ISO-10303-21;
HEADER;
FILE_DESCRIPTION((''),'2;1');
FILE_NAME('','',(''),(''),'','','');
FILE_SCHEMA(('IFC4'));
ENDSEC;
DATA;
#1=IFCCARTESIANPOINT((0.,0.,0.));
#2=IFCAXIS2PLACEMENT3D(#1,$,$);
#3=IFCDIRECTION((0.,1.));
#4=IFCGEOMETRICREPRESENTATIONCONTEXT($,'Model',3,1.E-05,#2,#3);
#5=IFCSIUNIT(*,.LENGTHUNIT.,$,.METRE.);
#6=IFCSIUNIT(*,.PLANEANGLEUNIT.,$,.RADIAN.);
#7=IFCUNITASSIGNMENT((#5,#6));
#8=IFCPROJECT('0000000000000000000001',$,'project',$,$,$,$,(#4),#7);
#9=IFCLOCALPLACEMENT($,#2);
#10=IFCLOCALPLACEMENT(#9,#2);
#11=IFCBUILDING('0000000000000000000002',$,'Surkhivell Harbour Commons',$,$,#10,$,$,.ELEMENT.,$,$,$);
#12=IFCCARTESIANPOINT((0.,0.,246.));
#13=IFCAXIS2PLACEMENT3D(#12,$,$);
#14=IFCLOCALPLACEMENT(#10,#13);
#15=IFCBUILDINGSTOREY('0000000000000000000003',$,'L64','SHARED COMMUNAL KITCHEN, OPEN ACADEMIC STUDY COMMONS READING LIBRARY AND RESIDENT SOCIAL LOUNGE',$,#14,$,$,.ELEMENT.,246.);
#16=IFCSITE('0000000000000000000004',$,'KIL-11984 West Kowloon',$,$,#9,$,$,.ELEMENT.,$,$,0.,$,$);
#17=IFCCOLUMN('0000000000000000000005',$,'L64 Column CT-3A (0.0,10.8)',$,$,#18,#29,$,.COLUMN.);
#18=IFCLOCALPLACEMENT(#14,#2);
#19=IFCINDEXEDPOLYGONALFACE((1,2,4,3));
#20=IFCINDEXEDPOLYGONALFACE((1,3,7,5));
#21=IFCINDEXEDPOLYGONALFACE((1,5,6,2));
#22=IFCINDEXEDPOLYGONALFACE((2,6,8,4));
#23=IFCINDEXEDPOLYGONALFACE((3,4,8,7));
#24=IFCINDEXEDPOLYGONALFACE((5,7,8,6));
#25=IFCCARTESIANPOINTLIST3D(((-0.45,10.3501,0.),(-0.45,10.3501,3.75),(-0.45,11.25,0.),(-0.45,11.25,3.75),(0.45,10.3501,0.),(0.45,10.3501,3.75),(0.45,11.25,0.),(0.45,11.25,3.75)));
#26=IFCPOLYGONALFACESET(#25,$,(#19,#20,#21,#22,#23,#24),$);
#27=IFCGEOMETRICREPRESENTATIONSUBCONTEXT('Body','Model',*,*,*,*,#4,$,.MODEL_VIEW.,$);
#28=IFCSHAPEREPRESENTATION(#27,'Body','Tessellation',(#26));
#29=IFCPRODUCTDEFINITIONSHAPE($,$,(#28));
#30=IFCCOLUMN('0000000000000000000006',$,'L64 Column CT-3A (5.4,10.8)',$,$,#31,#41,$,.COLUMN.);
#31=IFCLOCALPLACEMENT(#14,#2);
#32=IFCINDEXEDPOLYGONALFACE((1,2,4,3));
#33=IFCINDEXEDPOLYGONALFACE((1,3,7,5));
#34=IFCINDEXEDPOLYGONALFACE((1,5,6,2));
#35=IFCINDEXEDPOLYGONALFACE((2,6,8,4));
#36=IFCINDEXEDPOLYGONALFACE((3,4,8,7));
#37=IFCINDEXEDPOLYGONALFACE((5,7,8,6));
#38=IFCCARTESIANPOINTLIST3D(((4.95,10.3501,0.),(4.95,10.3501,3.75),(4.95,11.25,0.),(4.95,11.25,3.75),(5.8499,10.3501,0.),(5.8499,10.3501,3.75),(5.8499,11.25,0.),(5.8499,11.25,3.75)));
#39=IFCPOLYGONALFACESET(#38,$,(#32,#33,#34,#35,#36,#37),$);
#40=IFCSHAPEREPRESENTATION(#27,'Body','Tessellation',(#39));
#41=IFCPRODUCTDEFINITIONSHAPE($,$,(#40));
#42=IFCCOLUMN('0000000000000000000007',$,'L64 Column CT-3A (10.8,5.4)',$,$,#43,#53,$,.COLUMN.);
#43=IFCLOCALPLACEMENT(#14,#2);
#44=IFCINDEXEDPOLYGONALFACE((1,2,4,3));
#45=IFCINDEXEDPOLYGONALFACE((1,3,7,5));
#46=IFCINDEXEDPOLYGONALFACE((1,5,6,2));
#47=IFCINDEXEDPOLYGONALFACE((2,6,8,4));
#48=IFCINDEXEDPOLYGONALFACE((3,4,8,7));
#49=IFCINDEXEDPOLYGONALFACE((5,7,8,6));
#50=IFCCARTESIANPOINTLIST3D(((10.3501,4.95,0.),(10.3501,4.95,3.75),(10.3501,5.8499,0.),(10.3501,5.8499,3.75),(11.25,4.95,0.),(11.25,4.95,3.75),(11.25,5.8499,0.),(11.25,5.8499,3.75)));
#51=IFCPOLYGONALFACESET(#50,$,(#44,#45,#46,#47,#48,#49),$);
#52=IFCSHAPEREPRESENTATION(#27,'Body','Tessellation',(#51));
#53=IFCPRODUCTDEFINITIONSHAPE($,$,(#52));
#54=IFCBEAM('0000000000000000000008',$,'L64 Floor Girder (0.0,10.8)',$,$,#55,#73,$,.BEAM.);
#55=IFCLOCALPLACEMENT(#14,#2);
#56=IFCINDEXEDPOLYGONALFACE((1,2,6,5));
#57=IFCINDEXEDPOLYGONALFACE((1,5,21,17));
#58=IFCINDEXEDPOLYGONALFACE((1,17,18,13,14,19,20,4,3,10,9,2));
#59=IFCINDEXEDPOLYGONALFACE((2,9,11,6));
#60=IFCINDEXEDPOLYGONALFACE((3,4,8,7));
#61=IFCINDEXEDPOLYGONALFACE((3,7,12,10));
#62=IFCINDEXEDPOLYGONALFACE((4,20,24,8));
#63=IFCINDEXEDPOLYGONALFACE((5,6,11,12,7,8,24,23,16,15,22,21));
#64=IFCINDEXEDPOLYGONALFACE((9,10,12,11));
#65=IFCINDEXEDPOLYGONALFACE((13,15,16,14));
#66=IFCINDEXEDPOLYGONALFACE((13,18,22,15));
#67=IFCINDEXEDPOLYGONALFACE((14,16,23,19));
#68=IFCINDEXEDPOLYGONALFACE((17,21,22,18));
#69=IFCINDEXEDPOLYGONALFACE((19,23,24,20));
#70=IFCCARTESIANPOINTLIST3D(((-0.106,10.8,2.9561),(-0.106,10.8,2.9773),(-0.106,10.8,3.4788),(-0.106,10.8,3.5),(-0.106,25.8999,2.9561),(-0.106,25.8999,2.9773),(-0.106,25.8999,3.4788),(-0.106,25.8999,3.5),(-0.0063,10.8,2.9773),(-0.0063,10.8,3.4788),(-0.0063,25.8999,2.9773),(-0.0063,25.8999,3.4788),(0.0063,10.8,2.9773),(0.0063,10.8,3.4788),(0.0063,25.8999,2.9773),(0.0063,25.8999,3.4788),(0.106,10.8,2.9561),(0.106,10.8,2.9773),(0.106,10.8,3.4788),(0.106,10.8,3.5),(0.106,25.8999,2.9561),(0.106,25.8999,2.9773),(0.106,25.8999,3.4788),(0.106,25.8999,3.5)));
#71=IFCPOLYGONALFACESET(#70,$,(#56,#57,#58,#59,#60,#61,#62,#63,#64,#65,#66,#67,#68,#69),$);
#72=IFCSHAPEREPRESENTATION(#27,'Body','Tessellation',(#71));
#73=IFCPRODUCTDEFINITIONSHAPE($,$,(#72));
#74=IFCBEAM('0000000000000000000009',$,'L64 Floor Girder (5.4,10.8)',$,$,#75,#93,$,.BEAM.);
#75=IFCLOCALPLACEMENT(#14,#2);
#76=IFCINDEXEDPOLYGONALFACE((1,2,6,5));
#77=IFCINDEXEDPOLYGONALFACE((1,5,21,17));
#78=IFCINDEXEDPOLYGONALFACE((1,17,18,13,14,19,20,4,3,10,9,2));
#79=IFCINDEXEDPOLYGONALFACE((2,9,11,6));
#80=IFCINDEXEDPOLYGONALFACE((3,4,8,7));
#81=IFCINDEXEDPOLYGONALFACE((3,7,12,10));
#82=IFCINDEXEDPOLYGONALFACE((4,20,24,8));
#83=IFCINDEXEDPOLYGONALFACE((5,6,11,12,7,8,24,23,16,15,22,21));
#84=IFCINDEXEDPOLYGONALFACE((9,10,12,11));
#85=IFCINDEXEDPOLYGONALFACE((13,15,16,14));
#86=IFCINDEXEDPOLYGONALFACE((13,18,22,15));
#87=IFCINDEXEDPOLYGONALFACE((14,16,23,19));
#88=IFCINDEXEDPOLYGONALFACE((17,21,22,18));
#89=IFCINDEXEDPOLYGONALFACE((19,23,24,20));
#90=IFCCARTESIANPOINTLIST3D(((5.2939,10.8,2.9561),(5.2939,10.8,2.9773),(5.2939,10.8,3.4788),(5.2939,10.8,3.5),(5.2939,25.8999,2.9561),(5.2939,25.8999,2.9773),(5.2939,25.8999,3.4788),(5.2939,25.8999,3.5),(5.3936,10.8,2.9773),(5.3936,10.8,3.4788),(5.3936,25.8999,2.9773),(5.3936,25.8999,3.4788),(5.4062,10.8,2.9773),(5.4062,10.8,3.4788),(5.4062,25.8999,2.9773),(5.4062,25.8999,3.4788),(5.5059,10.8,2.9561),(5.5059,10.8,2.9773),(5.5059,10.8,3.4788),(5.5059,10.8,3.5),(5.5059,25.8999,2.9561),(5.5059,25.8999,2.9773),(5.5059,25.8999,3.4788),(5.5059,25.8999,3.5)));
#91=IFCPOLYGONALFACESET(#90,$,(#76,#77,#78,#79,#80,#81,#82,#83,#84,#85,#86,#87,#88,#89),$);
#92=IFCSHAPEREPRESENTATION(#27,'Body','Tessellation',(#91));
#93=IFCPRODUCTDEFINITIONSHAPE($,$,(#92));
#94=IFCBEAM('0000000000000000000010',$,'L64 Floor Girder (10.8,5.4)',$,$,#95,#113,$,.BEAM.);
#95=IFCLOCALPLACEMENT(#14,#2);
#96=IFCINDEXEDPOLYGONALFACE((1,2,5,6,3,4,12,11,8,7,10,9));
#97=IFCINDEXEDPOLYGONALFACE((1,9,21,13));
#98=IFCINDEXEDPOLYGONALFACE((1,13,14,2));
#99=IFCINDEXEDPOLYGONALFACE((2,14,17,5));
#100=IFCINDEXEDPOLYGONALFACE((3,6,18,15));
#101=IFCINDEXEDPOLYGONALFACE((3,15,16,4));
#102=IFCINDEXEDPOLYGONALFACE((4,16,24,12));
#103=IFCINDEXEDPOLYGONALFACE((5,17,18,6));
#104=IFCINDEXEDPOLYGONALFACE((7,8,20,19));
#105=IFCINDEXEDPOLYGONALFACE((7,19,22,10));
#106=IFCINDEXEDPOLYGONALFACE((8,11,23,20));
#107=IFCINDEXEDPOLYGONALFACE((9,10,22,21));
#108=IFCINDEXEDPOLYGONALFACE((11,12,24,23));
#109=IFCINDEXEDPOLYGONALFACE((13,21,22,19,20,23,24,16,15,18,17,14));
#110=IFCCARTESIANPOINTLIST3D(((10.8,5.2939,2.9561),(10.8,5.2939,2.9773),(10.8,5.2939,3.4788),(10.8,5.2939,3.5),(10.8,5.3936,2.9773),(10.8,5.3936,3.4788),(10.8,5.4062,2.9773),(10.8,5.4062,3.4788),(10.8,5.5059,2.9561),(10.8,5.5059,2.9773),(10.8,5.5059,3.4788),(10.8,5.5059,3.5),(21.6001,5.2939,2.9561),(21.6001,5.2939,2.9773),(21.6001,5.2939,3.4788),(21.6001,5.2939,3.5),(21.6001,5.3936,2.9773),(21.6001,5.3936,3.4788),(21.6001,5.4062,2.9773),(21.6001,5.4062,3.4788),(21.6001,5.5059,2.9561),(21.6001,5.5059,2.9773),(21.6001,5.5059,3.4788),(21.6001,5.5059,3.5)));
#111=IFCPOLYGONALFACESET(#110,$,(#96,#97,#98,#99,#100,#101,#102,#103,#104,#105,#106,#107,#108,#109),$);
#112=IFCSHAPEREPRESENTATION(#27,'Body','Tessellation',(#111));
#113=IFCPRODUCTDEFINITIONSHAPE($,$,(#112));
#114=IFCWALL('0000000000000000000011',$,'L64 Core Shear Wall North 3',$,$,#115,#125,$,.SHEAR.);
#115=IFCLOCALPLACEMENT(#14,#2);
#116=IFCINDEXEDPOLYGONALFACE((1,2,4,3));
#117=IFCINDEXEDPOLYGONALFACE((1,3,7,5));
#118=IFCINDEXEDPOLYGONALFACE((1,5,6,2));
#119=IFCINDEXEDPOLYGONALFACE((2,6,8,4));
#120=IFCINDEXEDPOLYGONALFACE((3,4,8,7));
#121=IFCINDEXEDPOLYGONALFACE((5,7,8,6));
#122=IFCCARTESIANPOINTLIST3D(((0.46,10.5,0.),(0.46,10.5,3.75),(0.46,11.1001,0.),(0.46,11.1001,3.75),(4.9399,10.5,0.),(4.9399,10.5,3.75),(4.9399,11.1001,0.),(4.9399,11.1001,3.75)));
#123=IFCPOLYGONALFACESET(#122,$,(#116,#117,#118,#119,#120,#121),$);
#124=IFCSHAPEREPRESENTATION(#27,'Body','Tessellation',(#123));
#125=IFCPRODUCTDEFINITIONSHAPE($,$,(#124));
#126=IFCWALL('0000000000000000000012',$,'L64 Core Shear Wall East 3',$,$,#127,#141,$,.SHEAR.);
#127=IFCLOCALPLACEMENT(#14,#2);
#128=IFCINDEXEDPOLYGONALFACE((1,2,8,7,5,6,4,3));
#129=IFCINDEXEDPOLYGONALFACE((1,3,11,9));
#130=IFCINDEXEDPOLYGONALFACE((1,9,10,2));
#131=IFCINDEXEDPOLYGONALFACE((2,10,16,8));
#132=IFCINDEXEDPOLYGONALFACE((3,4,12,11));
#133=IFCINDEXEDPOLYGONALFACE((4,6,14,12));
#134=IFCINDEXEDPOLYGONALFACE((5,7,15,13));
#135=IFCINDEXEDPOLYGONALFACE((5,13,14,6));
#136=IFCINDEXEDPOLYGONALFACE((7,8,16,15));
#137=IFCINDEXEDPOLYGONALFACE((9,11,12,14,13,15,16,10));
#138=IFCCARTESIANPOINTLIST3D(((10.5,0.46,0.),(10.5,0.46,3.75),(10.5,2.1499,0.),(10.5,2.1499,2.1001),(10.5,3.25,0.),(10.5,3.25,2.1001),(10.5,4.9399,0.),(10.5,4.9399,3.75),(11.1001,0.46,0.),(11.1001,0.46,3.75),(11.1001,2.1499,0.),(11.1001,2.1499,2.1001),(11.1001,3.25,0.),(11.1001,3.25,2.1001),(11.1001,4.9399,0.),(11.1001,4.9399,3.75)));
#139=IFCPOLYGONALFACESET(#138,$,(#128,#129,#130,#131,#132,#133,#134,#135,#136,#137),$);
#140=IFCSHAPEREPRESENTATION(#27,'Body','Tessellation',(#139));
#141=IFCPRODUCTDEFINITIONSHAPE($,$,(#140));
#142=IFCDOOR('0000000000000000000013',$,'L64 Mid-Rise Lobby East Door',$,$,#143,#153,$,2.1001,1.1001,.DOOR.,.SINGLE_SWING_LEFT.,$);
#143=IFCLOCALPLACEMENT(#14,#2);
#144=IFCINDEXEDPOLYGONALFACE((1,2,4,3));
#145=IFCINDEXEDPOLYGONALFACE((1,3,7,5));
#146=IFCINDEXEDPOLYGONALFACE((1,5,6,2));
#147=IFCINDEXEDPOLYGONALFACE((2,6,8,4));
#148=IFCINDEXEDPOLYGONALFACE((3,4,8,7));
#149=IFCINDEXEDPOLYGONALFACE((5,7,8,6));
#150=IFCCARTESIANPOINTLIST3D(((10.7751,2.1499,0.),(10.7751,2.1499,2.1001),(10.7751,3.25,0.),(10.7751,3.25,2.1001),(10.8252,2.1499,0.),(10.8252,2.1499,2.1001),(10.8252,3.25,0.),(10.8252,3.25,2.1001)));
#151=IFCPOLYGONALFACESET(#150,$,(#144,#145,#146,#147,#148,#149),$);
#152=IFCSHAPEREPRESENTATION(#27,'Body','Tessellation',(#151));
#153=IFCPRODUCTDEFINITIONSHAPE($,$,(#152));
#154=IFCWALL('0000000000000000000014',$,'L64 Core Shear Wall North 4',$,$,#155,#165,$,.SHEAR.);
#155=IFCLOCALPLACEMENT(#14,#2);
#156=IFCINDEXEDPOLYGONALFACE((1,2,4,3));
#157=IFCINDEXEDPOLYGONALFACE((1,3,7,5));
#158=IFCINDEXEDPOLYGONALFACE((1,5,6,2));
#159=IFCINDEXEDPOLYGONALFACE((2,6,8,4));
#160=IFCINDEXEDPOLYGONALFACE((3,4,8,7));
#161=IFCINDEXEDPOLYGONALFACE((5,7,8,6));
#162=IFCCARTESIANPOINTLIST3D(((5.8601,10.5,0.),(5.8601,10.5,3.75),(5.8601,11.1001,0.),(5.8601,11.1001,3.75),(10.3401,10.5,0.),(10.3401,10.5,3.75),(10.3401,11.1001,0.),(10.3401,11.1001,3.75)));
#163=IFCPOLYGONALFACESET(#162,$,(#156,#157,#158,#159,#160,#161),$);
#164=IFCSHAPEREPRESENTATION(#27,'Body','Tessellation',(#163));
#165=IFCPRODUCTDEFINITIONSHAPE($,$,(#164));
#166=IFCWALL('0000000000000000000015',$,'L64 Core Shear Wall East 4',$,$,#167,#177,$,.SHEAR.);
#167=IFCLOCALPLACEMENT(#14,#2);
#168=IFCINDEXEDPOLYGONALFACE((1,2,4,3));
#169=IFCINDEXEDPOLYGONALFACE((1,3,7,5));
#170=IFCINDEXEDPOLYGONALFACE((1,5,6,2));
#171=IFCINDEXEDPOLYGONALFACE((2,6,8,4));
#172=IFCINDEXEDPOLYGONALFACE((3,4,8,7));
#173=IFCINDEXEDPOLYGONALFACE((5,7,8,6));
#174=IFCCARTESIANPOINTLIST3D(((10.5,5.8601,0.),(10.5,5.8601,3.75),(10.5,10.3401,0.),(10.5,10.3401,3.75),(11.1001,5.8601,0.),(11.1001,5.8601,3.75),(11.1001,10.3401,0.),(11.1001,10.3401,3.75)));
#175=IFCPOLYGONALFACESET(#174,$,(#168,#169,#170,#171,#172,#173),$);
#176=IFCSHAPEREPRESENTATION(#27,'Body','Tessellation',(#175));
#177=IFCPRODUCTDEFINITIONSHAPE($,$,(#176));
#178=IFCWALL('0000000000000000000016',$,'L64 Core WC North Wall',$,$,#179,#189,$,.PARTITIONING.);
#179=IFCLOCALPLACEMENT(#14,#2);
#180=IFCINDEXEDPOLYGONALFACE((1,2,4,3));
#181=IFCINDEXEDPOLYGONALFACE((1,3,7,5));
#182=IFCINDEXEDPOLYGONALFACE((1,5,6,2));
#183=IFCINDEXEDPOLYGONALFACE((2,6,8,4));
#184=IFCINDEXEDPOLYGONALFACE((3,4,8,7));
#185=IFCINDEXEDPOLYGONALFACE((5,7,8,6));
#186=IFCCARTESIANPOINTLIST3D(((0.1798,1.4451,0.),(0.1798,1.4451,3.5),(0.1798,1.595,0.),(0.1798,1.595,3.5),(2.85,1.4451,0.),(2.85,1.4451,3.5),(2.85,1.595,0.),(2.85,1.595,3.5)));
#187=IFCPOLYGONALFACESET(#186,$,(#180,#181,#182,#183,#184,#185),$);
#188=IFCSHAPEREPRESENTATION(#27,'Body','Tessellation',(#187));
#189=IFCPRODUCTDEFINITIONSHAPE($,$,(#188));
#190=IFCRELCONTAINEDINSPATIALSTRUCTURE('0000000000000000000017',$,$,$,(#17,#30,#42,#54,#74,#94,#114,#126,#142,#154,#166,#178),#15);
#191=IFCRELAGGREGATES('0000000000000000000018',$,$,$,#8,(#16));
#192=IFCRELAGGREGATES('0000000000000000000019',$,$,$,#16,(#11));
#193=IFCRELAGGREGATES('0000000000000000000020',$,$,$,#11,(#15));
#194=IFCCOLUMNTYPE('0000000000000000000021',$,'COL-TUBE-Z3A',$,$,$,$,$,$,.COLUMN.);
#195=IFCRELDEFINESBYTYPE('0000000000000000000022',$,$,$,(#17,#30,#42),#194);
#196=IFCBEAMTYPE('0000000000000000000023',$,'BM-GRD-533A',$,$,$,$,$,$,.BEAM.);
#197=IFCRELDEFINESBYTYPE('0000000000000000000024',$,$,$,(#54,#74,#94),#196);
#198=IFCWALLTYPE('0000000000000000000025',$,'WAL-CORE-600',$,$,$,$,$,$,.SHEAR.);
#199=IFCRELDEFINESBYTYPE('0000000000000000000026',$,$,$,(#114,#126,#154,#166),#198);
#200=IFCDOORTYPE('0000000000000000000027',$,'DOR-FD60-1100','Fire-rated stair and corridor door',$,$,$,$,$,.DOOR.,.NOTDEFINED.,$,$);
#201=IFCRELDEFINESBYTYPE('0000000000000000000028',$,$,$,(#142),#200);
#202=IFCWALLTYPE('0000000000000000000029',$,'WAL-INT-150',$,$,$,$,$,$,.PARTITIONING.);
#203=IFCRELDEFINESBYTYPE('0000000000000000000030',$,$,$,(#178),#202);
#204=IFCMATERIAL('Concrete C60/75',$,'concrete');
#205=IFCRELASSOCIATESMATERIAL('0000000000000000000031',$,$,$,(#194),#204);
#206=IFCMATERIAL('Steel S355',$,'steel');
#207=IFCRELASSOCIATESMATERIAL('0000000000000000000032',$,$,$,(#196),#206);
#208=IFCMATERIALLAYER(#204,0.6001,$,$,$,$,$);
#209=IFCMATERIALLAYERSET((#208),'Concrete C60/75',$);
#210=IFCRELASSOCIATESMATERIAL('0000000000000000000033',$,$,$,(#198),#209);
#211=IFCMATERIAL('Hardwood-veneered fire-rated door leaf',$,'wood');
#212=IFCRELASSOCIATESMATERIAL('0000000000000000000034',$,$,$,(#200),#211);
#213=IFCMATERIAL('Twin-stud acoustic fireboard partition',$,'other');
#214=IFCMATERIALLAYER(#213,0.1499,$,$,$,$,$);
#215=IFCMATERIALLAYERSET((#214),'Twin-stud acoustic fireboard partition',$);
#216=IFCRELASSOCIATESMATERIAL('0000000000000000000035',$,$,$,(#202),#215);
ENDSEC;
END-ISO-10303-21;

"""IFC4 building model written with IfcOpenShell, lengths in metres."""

from ifc_helpers import new_model, si_unit, direction, frame, frame_2d, origin, origin_2d, place, context, subcontext, project, spatial, rectangle, i_section, extrude, material, layer, layer_set, material_profile, profile_set, type_object, element, fill, save


model = new_model("IFC4")

# Units and contexts
model_context = context("Model", 3, precision=1e-05, world=origin(), true_north=direction((0.0, 1.0)))
body_context = subcontext(model_context, "Body", "Model", "MODEL_VIEW")
ifc_project = project(units=[si_unit("LENGTHUNIT", "METRE"), si_unit("PLANEANGLEUNIT", "RADIAN")], contexts=[model_context])

# Site, building, storey
site_placement = place(None, origin())
site = spatial("IfcSite", under=ifc_project, at=site_placement, Name="KIL-11984 West Kowloon", CompositionType="ELEMENT", RefElevation=0.0)
building_placement = place(site_placement, origin())
building = spatial("IfcBuilding", under=site, at=building_placement, Name="Surkhivell Harbour Commons", CompositionType="ELEMENT")
storey_placement = place(building_placement, frame((0.0, 0.0, 246.0)))
storey = spatial("IfcBuildingStorey", under=building, at=storey_placement, Name="L64", Description="SHARED COMMUNAL KITCHEN, OPEN ACADEMIC STUDY COMMONS READING LIBRARY AND RESIDENT SOCIAL LOUNGE", CompositionType="ELEMENT", Elevation=246.0)

# Columns
ifc_material_1 = material(Name="Concrete C60/75", Category="concrete")
ifc_material_profile_1 = material_profile(ifc_material_1, rectangle(XDim=0.8999, YDim=0.8999, at=origin_2d()), Name="RC-COL-900x900")
ifc_profile_set_1 = profile_set([ifc_material_profile_1], Name="Concrete C60/75")
column_type = type_object("IfcColumnType", Name="COL-TUBE-Z3A", PredefinedType="COLUMN", material=ifc_profile_set_1)
for number, where, z_axis, x_axis, name in (
    (1, (0.0, 10.8, 0.0), (0.0, 0.0, 1.0), (1.0, 0.0, 0.0), "L64 Column CT-3A (0.0,10.8)"),
    (2, (5.3999, 10.8, 0.0), (0.0, 0.0, 1.0), (1.0, 0.0, 0.0), "L64 Column CT-3A (5.4,10.8)"),
    (3, (10.8, 5.3999, 0.0), (0.0, 0.0, 1.0), (1.0, 0.0, 0.0), "L64 Column CT-3A (10.8,5.4)"),
):
    element("IfcColumn", number, at=place(storey_placement, frame(where, z_axis=z_axis, x_axis=x_axis)), inside=storey, type_object=column_type, Name=name, PredefinedType="COLUMN", context=body_context, shape_type="SweptSolid", body=[
        extrude(rectangle(XDim=0.8999, YDim=0.8999, at=origin_2d()), origin(), (0.0, 0.0, 1.0), 3.75),
    ])

# Beams
ifc_material_2 = material(Name="Steel S355", Category="steel")
ifc_material_profile_2 = material_profile(ifc_material_2, i_section(OverallWidth=0.2119, OverallDepth=0.5439, WebThickness=0.0127, FlangeThickness=0.0212, at=origin_2d()), Name="UB533x210x122")
ifc_profile_set_2 = profile_set([ifc_material_profile_2], Name="Steel S355")
beam_type = type_object("IfcBeamType", Name="BM-GRD-533A", PredefinedType="BEAM", material=ifc_profile_set_2)
for number, where, z_axis, x_axis, name in (
    (4, (0.0, 10.8, 3.228), (0.0, 1.0, 0.0), (-1.0, 0.0, 0.0), "L64 Floor Girder (0.0,10.8)"),
    (5, (5.3999, 10.8, 3.228), (0.0, 1.0, 0.0), (-1.0, 0.0, 0.0), "L64 Floor Girder (5.4,10.8)"),
):
    element("IfcBeam", number, at=place(storey_placement, frame(where, z_axis=z_axis, x_axis=x_axis)), inside=storey, type_object=beam_type, Name=name, PredefinedType="BEAM", context=body_context, shape_type="SweptSolid", body=[
        extrude(i_section(OverallWidth=0.2119, OverallDepth=0.5439, WebThickness=0.0127, FlangeThickness=0.0212, at=origin_2d()), origin(), (0.0, 0.0, 1.0), 15.0999),
    ])
beam_placement = place(storey_placement, frame((10.8, 5.3999, 3.228), z_axis=(1.0, 0.0, 0.0), x_axis=(0.0, 1.0, 0.0)))
element("IfcBeam", 6, at=beam_placement, inside=storey, type_object=beam_type, Name="L64 Floor Girder (10.8,5.4)", PredefinedType="BEAM", context=body_context, shape_type="SweptSolid", body=[
    extrude(i_section(OverallWidth=0.2119, OverallDepth=0.5439, WebThickness=0.0127, FlangeThickness=0.0212, at=origin_2d()), origin(), (0.0, 0.0, 1.0), 10.8),
])

# Wall
ifc_layer_1 = layer(ifc_material_1, 0.6001)
ifc_layer_set_1 = layer_set([ifc_layer_1], Name="Concrete C60/75")
wall_type_1 = type_object("IfcWallType", Name="WAL-CORE-600", PredefinedType="SHEAR", material=ifc_layer_set_1)
wall_1_placement = place(storey_placement, frame((0.46, 10.8, 0.0), z_axis=(0.0, 0.0, 1.0), x_axis=(1.0, 0.0, 0.0)))
element("IfcWall", 7, at=wall_1_placement, inside=storey, type_object=wall_type_1, Name="L64 Core Shear Wall North 3", PredefinedType="SHEAR", context=body_context, shape_type="SweptSolid", body=[
    extrude(rectangle(XDim=4.48, YDim=0.6001, at=frame_2d((2.24, 0.0))), origin(), (0.0, 0.0, 1.0), 3.75),
])

# Wall, opening, door
wall_2_placement = place(storey_placement, frame((10.8, 0.46, 0.0), z_axis=(0.0, 0.0, 1.0), x_axis=(0.0, 1.0, 0.0)))
wall_2 = element("IfcWall", 8, at=wall_2_placement, inside=storey, type_object=wall_type_1, Name="L64 Core Shear Wall East 3", PredefinedType="SHEAR", context=body_context, shape_type="SweptSolid", body=[
    extrude(rectangle(XDim=4.48, YDim=0.6001, at=frame_2d((2.24, 0.0))), origin(), (0.0, 0.0, 1.0), 3.75),
])
opening_1_placement = place(wall_2_placement, frame((1.6899, 0.0, 0.0)))
opening_1 = element("IfcOpeningElement", 9, at=opening_1_placement, cuts=wall_2, PredefinedType="OPENING", context=body_context, shape_type="SweptSolid", body=[
    extrude(rectangle(XDim=1.1001, YDim=2.1001, at=frame_2d((0.55, 1.05))), frame((0.0, 0.3101, 0.0), z_axis=(0.0, -1.0, 0.0), x_axis=(1.0, 0.0, 0.0)), (0.0, 0.0, 1.0), 0.6201),
])
ifc_material_3 = material(Name="Hardwood-veneered fire-rated door leaf", Category="wood")
door_type_1 = type_object("IfcDoorType", Name="DOR-FD60-1100", Description="Fire-rated stair and corridor door", OperationType="NOTDEFINED", PredefinedType="DOOR", material=ifc_material_3)
door_1_placement = place(opening_1_placement, origin())
door_1 = element("IfcDoor", 10, at=door_1_placement, inside=storey, type_object=door_type_1, Name="L64 Mid-Rise Lobby East Door", OperationType="SINGLE_SWING_LEFT", OverallHeight=2.1001, OverallWidth=1.1001, PredefinedType="DOOR", context=body_context, shape_type="SweptSolid", body=[
    extrude(rectangle(XDim=1.1001, YDim=2.1001, at=frame_2d((0.55, 1.05))), frame((0.0, 0.0249, 0.0), z_axis=(0.0, -1.0, 0.0), x_axis=(1.0, 0.0, 0.0)), (0.0, 0.0, 1.0), 0.05),
])
fill(opening_1, door_1)

# Walls
for number, where, z_axis, x_axis, name in (
    (11, (5.8601, 10.8, 0.0), (0.0, 0.0, 1.0), (1.0, 0.0, 0.0), "L64 Core Shear Wall North 4"),
    (12, (10.8, 5.8601, 0.0), (0.0, 0.0, 1.0), (0.0, 1.0, 0.0), "L64 Core Shear Wall East 4"),
):
    element("IfcWall", number, at=place(storey_placement, frame(where, z_axis=z_axis, x_axis=x_axis)), inside=storey, type_object=wall_type_1, Name=name, PredefinedType="SHEAR", context=body_context, shape_type="SweptSolid", body=[
        extrude(rectangle(XDim=4.48, YDim=0.6001, at=frame_2d((2.24, 0.0))), origin(), (0.0, 0.0, 1.0), 3.75),
    ])
ifc_material_4 = material(Name="Twin-stud acoustic fireboard partition", Category="other")
ifc_layer_2 = layer(ifc_material_4, 0.1499)
ifc_layer_set_2 = layer_set([ifc_layer_2], Name="Twin-stud acoustic fireboard partition")
wall_type_2 = type_object("IfcWallType", Name="WAL-INT-150", PredefinedType="PARTITIONING", material=ifc_layer_set_2)
wall_3_placement = place(storey_placement, frame((0.1799, 1.52, 0.0), z_axis=(0.0, 0.0, 1.0), x_axis=(1.0, 0.0, 0.0)))
element("IfcWall", 13, at=wall_3_placement, inside=storey, type_object=wall_type_2, Name="L64 Core WC North Wall", PredefinedType="PARTITIONING", context=body_context, shape_type="SweptSolid", body=[
    extrude(rectangle(XDim=2.6702, YDim=0.1499, at=frame_2d((1.335, 0.0))), origin(), (0.0, 0.0, 1.0), 3.5),
])

save(model, "model.ifc")
